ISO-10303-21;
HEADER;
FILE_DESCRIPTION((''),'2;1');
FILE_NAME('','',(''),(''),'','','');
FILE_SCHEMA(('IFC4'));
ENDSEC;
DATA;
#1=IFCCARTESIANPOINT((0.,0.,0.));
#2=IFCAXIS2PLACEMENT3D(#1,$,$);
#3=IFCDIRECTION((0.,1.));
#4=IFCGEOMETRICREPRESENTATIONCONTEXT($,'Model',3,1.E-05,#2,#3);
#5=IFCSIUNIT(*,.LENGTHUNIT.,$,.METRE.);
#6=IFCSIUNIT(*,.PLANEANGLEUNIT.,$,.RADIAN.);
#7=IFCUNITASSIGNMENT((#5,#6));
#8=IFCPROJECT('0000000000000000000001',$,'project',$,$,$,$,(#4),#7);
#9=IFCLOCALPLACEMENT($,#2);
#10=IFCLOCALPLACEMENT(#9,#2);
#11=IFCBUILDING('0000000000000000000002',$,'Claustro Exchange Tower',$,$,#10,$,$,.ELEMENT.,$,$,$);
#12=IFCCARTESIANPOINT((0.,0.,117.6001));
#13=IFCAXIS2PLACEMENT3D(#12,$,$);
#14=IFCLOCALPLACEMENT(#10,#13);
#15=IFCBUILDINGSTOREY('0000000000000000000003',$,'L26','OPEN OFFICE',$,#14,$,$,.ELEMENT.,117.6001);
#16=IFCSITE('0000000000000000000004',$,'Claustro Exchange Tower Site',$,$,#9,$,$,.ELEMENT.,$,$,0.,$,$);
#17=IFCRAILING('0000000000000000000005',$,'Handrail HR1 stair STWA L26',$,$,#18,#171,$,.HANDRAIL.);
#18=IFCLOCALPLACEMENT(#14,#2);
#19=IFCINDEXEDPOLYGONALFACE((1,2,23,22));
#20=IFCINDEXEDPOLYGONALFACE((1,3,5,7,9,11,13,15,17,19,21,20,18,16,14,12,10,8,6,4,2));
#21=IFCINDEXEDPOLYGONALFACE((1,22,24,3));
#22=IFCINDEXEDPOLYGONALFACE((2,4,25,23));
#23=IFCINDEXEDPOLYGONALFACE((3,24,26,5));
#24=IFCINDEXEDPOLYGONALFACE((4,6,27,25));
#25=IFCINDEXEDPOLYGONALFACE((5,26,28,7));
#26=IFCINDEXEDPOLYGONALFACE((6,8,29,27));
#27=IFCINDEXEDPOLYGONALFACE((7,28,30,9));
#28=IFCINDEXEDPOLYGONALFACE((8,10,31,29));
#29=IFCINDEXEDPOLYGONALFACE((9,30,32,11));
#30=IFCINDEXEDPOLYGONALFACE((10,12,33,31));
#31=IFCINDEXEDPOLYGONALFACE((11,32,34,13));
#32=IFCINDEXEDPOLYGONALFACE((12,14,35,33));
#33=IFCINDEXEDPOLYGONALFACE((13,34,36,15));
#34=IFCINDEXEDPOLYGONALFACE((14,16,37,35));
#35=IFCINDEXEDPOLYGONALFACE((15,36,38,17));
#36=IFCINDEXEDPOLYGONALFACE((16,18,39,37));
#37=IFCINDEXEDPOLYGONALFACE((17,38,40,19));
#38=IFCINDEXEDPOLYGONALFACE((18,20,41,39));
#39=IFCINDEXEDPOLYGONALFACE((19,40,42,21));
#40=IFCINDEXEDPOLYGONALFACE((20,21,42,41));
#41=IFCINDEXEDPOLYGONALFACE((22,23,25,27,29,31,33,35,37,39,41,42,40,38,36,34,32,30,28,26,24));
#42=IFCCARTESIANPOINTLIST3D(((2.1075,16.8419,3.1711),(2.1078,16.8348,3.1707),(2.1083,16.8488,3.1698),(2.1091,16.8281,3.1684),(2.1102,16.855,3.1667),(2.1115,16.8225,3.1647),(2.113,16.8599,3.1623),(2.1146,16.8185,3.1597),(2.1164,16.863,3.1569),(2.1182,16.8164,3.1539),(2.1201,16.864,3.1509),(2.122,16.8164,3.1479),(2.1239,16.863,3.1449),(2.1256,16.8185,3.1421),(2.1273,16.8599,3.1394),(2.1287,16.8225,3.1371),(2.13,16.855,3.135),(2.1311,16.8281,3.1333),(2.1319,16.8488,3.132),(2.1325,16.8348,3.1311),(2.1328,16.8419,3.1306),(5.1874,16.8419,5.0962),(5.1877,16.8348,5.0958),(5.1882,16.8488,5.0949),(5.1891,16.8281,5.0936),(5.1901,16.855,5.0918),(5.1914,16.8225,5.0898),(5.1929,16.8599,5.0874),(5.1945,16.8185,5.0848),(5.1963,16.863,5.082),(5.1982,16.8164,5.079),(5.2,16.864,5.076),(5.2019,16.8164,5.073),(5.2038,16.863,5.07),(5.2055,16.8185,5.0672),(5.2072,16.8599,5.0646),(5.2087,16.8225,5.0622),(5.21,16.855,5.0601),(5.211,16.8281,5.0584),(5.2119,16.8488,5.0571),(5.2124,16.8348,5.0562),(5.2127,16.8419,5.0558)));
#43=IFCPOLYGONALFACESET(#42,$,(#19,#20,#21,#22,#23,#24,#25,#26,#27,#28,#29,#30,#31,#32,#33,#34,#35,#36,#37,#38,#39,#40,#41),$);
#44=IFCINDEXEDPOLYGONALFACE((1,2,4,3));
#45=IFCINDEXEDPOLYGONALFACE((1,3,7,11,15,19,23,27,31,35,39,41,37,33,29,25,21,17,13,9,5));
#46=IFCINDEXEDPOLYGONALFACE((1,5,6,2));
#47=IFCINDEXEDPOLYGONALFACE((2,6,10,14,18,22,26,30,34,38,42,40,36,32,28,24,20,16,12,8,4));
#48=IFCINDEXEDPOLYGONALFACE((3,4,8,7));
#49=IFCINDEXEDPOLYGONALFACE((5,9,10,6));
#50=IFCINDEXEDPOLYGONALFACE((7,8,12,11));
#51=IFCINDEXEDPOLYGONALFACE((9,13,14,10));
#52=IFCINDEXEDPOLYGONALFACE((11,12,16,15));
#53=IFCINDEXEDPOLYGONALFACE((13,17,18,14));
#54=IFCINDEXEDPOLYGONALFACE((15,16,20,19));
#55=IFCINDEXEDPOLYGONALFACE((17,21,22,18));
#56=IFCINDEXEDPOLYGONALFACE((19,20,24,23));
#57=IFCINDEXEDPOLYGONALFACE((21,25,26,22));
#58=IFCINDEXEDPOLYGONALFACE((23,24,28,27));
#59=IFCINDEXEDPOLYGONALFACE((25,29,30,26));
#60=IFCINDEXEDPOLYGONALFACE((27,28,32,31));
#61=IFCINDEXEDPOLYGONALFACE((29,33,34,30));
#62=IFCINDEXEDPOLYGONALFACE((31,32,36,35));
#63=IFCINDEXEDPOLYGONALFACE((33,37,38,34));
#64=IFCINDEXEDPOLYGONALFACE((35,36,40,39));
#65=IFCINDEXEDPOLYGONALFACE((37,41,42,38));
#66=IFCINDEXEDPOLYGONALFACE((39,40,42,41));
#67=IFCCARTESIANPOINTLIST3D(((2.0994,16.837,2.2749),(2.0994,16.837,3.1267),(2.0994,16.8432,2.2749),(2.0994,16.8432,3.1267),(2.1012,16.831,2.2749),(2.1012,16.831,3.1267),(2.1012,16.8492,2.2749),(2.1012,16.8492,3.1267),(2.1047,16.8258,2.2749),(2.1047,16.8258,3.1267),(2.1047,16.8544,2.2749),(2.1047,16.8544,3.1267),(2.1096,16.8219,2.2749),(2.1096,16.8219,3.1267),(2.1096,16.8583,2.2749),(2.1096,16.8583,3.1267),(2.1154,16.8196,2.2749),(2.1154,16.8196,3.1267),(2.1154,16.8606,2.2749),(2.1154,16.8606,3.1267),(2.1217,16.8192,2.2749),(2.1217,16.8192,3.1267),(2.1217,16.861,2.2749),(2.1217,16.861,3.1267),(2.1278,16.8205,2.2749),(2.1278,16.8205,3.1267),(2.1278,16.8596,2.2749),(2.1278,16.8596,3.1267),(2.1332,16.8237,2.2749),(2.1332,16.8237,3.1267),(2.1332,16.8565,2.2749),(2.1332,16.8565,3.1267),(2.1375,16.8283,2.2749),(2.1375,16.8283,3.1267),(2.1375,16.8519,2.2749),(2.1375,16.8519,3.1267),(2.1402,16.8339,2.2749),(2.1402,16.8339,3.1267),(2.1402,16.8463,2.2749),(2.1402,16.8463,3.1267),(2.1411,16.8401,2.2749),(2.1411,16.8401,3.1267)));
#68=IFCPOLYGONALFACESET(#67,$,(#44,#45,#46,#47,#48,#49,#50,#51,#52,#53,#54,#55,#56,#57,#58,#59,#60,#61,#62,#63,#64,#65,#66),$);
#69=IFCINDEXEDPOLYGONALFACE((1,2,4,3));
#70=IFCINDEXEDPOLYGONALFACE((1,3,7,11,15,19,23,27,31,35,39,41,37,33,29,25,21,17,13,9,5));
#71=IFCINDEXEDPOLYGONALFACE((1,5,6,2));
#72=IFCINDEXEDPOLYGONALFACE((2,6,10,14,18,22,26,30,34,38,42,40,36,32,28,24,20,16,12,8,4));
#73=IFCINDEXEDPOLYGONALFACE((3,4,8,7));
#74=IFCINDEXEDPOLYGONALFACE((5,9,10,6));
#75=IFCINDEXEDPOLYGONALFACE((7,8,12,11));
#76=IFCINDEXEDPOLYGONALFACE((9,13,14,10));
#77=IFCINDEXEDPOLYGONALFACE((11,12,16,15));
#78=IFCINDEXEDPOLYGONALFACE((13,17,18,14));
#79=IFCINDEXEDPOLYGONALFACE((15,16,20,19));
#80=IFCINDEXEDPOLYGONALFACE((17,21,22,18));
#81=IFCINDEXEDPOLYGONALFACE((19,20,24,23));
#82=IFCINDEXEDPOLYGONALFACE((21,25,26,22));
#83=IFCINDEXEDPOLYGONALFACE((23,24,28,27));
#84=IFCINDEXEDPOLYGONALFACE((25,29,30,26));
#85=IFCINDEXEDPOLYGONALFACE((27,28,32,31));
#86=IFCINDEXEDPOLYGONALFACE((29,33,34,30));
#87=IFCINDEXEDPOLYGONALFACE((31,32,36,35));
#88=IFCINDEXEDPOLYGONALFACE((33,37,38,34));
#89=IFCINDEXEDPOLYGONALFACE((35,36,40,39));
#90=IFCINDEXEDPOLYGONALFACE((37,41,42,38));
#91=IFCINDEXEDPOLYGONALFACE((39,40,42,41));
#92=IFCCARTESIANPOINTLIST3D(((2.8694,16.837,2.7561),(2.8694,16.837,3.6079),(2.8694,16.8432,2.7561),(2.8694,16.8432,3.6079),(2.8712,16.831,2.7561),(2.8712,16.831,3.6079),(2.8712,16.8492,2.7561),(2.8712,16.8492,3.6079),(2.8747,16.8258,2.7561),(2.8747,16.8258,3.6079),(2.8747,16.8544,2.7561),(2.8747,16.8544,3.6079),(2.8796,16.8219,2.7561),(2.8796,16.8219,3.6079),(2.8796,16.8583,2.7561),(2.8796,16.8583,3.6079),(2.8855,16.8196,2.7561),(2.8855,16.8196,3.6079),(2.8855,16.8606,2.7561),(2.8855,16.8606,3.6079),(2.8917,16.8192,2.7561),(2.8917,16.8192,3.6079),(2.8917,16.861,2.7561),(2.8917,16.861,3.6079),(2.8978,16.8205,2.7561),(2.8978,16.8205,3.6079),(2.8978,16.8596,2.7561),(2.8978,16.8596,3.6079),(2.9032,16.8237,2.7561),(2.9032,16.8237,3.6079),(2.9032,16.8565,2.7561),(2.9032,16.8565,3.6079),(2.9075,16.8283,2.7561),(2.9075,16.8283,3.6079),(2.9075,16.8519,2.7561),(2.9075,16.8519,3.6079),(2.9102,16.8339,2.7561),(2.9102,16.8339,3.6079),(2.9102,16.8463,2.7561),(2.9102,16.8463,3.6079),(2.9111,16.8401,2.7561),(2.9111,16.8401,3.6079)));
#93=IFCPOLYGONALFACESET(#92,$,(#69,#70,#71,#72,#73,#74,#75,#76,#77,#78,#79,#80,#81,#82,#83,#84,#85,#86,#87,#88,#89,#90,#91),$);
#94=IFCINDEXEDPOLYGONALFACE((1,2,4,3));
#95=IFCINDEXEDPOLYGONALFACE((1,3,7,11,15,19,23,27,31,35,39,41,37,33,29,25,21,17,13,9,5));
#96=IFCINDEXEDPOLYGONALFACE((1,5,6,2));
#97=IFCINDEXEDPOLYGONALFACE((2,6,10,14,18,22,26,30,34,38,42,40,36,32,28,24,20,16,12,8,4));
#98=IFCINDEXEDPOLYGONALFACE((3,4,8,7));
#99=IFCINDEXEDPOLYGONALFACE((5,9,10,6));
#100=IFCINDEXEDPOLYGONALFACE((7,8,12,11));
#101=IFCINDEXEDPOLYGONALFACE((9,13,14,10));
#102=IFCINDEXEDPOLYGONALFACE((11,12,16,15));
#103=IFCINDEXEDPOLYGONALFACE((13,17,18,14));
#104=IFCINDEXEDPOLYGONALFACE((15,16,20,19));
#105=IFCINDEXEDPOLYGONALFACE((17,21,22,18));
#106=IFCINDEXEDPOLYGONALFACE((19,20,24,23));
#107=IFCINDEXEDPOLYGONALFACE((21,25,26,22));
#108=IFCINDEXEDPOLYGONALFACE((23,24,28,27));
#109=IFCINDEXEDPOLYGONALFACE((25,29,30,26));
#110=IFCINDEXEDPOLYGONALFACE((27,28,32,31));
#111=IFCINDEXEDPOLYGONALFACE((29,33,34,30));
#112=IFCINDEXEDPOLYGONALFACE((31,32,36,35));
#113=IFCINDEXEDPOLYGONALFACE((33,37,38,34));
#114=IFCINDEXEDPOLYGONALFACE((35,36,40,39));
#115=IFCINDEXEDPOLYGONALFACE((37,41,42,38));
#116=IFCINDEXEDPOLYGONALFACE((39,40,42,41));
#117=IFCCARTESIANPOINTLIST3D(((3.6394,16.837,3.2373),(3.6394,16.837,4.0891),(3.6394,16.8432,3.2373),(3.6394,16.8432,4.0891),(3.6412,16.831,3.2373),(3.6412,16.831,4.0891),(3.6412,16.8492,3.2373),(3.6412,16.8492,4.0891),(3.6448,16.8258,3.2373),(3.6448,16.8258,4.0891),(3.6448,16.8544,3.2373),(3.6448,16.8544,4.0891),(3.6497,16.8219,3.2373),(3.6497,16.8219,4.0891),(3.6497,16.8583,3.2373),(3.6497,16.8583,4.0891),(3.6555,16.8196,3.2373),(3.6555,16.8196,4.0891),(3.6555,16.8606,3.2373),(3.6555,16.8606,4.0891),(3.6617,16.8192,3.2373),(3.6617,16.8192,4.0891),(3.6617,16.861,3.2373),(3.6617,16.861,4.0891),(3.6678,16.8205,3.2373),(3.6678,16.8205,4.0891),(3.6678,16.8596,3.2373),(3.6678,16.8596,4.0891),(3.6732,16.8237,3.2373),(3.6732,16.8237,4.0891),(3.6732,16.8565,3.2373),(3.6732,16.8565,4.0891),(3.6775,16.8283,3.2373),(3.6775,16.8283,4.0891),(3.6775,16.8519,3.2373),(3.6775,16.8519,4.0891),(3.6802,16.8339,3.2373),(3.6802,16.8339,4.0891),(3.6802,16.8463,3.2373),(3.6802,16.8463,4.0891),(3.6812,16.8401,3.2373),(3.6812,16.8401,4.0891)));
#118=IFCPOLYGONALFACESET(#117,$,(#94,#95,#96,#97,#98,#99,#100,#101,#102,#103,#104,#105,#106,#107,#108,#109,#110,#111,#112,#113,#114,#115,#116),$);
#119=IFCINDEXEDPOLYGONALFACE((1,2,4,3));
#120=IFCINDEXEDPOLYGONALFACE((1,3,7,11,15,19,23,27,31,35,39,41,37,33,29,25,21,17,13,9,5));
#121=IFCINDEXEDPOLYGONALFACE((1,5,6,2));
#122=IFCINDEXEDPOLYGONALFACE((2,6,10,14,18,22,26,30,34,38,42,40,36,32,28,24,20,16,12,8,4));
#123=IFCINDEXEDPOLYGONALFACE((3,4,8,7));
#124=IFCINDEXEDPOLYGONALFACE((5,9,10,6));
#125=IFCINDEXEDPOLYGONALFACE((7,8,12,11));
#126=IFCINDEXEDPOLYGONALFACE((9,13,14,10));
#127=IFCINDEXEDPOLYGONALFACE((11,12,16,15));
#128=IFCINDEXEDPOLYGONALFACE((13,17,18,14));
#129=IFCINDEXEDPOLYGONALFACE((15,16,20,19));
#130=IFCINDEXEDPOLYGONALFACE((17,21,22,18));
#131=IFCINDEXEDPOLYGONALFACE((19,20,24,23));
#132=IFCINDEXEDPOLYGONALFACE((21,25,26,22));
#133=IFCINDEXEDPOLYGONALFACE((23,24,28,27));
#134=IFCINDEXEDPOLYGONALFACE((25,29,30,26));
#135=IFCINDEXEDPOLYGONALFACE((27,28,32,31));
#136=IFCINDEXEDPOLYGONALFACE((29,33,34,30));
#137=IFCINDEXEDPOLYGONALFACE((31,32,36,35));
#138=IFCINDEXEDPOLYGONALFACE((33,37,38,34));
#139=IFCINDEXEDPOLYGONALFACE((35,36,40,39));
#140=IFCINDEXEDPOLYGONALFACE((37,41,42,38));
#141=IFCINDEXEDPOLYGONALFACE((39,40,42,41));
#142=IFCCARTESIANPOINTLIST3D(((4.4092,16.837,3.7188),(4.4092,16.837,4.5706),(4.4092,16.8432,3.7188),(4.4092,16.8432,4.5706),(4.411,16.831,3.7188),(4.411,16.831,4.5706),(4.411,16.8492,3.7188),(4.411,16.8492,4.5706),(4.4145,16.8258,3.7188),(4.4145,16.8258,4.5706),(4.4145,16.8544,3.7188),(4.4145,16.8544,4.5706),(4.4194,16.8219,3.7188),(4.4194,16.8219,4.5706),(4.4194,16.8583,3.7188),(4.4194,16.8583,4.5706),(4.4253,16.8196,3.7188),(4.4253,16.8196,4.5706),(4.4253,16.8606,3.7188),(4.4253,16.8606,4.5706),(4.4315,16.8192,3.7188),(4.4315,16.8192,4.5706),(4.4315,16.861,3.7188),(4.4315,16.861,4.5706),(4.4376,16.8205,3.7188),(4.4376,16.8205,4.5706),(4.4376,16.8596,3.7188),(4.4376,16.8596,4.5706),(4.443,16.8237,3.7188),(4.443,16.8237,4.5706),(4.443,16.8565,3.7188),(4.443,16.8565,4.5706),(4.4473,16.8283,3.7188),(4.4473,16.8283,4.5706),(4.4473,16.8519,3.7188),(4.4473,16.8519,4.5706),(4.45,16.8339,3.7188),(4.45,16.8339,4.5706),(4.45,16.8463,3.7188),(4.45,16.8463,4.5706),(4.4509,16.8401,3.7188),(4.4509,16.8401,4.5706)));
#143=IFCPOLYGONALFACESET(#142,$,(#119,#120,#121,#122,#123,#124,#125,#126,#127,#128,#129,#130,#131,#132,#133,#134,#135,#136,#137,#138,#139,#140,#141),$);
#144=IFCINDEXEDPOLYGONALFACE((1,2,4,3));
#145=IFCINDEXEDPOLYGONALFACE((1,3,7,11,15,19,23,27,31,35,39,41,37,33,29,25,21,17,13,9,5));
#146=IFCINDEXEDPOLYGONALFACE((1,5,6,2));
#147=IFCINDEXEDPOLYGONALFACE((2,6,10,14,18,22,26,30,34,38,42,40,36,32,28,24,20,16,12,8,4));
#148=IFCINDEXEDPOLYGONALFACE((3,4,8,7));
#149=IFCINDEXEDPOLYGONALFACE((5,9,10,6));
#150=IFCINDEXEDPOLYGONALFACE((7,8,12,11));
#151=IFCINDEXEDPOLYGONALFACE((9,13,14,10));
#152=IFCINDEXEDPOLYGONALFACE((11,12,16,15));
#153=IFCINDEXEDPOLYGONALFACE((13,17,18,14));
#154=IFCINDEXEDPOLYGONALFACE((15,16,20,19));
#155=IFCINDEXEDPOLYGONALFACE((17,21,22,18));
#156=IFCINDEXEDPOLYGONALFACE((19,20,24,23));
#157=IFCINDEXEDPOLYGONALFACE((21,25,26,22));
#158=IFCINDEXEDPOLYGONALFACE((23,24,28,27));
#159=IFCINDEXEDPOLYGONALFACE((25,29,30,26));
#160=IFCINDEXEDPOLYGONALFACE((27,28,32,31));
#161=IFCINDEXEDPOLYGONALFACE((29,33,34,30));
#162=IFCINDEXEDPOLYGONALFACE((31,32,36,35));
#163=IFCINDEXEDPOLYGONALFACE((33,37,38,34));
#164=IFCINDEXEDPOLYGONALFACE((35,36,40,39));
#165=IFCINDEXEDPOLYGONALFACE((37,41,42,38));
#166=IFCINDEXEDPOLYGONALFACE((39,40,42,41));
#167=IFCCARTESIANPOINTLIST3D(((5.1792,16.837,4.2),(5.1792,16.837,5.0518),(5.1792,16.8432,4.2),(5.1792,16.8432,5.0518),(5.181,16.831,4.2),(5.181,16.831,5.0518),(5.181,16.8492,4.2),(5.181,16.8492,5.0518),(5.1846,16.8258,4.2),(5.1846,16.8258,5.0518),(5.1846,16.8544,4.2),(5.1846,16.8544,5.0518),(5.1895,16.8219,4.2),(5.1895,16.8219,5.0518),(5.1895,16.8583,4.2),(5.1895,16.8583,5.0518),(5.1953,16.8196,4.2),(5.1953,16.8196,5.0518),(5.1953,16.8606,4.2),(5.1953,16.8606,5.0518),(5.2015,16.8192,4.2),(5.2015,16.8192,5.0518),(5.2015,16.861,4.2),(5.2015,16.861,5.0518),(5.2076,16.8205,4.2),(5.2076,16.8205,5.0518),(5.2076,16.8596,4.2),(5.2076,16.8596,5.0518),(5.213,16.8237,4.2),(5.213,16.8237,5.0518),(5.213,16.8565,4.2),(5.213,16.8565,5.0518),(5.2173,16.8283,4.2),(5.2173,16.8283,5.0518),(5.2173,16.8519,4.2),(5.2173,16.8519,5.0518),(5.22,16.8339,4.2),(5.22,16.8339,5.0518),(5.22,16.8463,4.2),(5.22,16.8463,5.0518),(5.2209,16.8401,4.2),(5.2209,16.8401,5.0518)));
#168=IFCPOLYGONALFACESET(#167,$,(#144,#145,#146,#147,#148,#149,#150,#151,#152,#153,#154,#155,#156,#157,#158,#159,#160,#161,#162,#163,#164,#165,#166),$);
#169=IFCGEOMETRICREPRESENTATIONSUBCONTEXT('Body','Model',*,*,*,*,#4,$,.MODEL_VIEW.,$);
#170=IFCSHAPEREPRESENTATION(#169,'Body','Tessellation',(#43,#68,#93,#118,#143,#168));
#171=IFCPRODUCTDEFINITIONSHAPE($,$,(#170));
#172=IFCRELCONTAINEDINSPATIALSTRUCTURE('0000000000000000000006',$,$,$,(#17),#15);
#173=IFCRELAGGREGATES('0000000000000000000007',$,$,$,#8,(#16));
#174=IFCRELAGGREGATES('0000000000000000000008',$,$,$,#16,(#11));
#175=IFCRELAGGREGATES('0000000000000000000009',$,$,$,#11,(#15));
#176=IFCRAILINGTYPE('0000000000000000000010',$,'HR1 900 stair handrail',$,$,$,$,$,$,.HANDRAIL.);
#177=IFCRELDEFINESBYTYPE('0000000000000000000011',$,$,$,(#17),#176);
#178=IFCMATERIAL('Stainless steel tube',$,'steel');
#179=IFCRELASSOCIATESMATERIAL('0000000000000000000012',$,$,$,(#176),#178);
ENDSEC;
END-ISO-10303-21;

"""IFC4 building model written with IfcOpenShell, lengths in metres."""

from ifc_helpers import new_model, si_unit, direction, frame, origin, origin_2d, place, context, subcontext, project, spatial, circle, extrude, material, type_object, element, save


model = new_model("IFC4")

# Units and contexts
model_context = context("Model", 3, precision=1e-05, world=origin(), true_north=direction((0.0, 1.0)))
body_context = subcontext(model_context, "Body", "Model", "MODEL_VIEW")
ifc_project = project(units=[si_unit("LENGTHUNIT", "METRE"), si_unit("PLANEANGLEUNIT", "RADIAN")], contexts=[model_context])

# Site, building, storey
site_placement = place(None, origin())
site = spatial("IfcSite", under=ifc_project, at=site_placement, Name="Claustro Exchange Tower Site", CompositionType="ELEMENT", RefElevation=0.0)
building_placement = place(site_placement, origin())
building = spatial("IfcBuilding", under=site, at=building_placement, Name="Claustro Exchange Tower", CompositionType="ELEMENT")
storey_placement = place(building_placement, frame((0.0, 0.0, 117.6001)))
storey = spatial("IfcBuildingStorey", under=building, at=storey_placement, Name="L26", Description="OPEN OFFICE", CompositionType="ELEMENT", Elevation=117.6001)

# Railing
ifc_material_1 = material(Name="Stainless steel tube", Category="steel")
railing_type = type_object("IfcRailingType", Name="HR1 900 stair handrail", PredefinedType="HANDRAIL", material=ifc_material_1)
railing_placement = place(storey_placement, frame((2.1201, 16.8401, 2.2749)))
element("IfcRailing", 1, at=railing_placement, inside=storey, type_object=railing_type, Name="Handrail HR1 stair STWA L26", PredefinedType="HANDRAIL", context=body_context, shape_type="SweptSolid", body=[
    extrude(circle(Radius=0.0239, at=origin_2d()), frame((0.0, 0.0, 0.876), z_axis=(0.847979, 0.0, 0.530029), x_axis=(0.0, 1.0, 0.0)), (0.0, 0.0, 1.0), 3.6321),
    extrude(circle(Radius=0.021, at=origin_2d()), origin(), (0.0, 0.0, 1.0), 0.8518),
    extrude(circle(Radius=0.021, at=origin_2d()), frame((0.77, 0.0, 0.4812)), (0.0, 0.0, 1.0), 0.8518),
    extrude(circle(Radius=0.021, at=origin_2d()), frame((1.54, 0.0, 0.9624)), (0.0, 0.0, 1.0), 0.8518),
    extrude(circle(Radius=0.021, at=origin_2d()), frame((2.3098, 0.0, 1.4438)), (0.0, 0.0, 1.0), 0.8518),
    extrude(circle(Radius=0.021, at=origin_2d()), frame((3.0798, 0.0, 1.925)), (0.0, 0.0, 1.0), 0.8518),
])

save(model, "model.ifc")
